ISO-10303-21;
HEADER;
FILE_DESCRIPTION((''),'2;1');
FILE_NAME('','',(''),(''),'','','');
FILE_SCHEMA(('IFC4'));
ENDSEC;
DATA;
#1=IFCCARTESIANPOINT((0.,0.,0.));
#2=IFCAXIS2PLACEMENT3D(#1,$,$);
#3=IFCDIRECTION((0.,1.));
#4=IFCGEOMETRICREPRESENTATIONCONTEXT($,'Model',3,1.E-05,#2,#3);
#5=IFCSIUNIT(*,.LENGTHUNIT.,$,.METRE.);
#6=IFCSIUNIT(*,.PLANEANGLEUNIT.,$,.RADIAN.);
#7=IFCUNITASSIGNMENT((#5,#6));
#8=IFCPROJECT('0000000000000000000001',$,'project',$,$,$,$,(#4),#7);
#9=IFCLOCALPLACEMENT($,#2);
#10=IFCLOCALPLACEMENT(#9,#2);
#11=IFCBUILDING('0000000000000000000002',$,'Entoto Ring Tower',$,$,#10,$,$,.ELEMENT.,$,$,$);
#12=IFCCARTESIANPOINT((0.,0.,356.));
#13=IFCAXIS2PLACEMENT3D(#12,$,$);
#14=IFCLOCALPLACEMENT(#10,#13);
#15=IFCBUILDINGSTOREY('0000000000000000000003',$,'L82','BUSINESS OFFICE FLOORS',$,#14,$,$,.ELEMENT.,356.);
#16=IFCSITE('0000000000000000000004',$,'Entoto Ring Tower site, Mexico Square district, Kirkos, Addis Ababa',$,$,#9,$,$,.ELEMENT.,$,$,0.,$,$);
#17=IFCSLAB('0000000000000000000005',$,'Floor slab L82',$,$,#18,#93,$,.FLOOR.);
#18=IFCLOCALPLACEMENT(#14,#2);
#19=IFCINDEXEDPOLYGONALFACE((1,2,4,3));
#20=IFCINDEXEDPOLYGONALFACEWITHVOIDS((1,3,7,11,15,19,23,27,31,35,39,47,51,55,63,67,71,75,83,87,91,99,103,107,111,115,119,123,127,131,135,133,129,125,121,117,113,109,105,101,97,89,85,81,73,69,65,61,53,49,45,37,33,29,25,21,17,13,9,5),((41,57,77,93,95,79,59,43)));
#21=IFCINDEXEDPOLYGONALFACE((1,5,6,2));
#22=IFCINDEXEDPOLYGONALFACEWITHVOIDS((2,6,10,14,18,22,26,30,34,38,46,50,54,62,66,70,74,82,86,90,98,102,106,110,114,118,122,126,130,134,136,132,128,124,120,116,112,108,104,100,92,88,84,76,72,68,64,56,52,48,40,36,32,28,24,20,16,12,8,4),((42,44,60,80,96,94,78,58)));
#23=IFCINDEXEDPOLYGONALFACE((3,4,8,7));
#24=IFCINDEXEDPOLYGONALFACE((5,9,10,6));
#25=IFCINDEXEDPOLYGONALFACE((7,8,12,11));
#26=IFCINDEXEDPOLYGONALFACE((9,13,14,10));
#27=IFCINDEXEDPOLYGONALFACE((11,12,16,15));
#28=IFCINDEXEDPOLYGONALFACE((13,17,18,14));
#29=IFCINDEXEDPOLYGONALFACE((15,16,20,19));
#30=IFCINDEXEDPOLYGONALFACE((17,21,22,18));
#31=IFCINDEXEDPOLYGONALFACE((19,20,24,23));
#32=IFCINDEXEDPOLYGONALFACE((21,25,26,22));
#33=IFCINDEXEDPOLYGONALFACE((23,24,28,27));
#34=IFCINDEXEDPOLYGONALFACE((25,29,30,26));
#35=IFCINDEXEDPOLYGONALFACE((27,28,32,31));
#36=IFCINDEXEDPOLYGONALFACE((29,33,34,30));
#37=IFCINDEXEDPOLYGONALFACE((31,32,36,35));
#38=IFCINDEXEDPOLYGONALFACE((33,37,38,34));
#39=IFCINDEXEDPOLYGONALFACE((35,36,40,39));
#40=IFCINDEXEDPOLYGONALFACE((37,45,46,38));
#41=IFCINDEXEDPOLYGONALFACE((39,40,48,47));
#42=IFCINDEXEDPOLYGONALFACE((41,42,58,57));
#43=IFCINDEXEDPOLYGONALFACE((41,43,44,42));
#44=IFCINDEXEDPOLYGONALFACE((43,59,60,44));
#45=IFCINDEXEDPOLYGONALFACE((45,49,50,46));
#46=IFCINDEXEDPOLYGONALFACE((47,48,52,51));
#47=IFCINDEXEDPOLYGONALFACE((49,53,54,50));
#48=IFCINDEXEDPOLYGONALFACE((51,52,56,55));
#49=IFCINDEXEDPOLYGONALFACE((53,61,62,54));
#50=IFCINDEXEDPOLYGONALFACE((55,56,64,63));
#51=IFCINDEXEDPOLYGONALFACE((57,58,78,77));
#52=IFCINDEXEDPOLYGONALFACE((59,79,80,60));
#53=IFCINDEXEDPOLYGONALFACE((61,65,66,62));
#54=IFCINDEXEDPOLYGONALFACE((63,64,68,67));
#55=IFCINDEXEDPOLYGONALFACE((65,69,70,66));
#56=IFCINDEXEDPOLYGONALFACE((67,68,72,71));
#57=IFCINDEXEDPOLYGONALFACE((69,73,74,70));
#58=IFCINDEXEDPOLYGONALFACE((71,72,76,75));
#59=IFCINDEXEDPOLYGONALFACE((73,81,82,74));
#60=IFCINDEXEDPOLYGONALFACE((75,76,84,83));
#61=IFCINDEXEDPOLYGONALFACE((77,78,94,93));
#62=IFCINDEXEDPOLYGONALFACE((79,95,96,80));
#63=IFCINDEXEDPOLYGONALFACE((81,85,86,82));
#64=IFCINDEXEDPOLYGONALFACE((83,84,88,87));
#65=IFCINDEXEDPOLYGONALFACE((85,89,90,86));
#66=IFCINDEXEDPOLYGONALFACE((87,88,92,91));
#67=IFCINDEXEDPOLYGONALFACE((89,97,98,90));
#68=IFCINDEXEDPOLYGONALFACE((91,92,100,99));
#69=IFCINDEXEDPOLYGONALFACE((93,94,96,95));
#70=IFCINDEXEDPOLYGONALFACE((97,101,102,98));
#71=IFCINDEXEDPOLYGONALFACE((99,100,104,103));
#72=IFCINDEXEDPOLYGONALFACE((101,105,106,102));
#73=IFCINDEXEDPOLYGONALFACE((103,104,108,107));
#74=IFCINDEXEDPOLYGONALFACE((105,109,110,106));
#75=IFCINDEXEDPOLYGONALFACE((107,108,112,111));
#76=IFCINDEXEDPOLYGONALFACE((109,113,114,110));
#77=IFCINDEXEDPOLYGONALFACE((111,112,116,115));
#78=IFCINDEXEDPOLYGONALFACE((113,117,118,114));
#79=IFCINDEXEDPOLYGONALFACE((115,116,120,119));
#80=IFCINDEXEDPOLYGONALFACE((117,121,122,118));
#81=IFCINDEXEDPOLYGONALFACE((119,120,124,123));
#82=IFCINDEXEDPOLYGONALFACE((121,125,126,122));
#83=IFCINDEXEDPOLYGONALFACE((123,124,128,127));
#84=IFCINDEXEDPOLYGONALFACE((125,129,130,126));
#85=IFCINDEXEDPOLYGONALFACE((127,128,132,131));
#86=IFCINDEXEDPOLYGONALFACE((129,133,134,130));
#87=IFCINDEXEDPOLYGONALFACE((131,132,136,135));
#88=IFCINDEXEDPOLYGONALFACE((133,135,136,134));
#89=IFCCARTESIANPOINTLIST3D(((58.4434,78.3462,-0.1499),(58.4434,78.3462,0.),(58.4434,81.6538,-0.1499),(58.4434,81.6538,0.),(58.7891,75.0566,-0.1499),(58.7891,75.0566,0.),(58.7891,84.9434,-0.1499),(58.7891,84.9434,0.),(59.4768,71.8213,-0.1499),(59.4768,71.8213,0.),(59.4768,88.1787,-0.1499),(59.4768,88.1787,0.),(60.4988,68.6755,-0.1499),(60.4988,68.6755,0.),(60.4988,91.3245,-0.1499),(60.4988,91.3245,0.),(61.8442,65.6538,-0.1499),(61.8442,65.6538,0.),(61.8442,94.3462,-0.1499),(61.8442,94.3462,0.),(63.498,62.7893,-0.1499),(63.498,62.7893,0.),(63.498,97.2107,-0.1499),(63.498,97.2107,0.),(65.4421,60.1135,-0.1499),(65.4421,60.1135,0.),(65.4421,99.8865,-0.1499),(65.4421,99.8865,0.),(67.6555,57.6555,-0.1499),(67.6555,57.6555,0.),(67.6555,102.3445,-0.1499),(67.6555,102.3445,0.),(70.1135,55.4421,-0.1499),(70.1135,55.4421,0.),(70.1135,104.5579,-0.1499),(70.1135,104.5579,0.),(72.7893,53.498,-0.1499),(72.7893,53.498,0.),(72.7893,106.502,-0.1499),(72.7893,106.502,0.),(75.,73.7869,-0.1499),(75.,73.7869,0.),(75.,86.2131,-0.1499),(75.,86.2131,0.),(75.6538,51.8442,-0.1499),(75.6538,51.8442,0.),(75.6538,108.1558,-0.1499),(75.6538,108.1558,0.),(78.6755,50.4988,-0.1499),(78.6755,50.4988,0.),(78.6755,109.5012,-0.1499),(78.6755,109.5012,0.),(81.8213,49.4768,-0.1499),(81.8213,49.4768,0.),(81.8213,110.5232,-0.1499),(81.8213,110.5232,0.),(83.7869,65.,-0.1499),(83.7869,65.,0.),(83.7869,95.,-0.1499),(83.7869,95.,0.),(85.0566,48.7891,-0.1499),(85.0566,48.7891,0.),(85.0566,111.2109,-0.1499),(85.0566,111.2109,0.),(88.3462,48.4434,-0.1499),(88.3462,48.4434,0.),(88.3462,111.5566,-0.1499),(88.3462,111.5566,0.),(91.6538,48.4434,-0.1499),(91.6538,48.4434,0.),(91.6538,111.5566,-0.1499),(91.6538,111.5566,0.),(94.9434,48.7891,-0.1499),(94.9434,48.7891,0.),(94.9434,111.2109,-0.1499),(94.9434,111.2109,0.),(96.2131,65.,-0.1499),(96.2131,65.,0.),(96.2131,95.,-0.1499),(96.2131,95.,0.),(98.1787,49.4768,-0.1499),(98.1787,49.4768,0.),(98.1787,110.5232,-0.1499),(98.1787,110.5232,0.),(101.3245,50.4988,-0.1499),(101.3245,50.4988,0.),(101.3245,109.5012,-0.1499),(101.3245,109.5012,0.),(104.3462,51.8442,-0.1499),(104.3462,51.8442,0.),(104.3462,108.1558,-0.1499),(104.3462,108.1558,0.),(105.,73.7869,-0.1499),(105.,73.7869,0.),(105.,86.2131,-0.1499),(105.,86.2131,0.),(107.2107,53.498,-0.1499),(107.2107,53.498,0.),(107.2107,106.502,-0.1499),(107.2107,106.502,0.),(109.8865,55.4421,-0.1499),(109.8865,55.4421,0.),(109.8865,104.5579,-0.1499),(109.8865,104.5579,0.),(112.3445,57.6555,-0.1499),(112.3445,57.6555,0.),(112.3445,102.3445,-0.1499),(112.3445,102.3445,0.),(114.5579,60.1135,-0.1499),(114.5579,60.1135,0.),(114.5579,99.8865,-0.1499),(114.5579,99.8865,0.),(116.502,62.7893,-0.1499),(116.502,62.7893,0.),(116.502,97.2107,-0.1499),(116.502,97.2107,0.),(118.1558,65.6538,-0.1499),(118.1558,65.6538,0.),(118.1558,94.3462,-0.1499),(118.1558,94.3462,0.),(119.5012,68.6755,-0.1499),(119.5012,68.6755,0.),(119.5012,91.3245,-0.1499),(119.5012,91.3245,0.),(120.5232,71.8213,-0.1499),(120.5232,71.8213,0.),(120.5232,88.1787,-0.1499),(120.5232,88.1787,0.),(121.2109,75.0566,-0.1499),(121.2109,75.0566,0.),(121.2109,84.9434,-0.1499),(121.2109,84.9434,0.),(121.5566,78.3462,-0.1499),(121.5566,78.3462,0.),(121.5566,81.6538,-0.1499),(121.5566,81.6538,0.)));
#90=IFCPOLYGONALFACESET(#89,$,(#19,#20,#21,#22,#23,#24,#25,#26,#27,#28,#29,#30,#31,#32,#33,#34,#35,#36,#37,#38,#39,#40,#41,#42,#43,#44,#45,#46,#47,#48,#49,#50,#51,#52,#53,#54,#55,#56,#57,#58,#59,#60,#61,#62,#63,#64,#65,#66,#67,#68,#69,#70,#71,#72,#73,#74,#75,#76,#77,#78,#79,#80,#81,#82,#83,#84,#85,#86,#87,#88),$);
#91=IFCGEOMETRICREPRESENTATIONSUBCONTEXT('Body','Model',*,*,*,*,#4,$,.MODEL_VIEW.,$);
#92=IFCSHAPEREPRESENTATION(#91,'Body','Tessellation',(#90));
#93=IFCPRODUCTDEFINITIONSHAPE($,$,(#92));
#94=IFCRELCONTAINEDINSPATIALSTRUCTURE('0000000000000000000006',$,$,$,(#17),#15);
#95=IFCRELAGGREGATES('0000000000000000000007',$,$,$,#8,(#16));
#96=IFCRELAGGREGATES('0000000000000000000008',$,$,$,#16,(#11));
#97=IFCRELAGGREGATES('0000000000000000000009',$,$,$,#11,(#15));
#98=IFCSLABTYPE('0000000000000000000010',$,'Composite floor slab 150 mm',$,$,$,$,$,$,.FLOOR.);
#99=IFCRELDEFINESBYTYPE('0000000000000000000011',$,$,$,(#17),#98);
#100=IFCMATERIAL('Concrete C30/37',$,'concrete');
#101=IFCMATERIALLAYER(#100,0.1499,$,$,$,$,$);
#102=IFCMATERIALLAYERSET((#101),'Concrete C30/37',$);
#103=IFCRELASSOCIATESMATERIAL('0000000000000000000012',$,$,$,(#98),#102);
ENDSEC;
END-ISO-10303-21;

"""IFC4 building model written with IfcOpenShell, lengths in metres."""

from ifc_helpers import new_model, si_unit, direction, frame, origin, place, context, subcontext, project, spatial, polyline, outline, extrude, material, layer, layer_set, type_object, element, save


model = new_model("IFC4")

# Units and contexts
model_context = context("Model", 3, precision=1e-05, world=origin(), true_north=direction((0.0, 1.0)))
body_context = subcontext(model_context, "Body", "Model", "MODEL_VIEW")
ifc_project = project(units=[si_unit("LENGTHUNIT", "METRE"), si_unit("PLANEANGLEUNIT", "RADIAN")], contexts=[model_context])

# Site, building, storey
site_placement = place(None, origin())
building_placement = place(site_placement, origin())
storey_placement = place(building_placement, frame((0.0, 0.0, 356.0)))
site = spatial("IfcSite", under=ifc_project, at=site_placement, Name="Entoto Ring Tower site, Mexico Square district, Kirkos, Addis Ababa", CompositionType="ELEMENT", RefElevation=0.0)
building = spatial("IfcBuilding", under=site, at=building_placement, Name="Entoto Ring Tower", CompositionType="ELEMENT")
storey = spatial("IfcBuildingStorey", under=building, at=storey_placement, Name="L82", Description="BUSINESS OFFICE FLOORS", CompositionType="ELEMENT", Elevation=356.0)

# Slab
ifc_material_1 = material(Name="Concrete C30/37", Category="concrete")
ifc_layer_1 = layer(ifc_material_1, 0.1499)
ifc_layer_set_1 = layer_set([ifc_layer_1], Name="Concrete C30/37")
slab_type = type_object("IfcSlabType", Name="Composite floor slab 150 mm", PredefinedType="FLOOR", material=ifc_layer_set_1)
slab_placement = place(storey_placement, frame((0.0, 0.0, -0.1499)))
element("IfcSlab", 1, at=slab_placement, inside=storey, type_object=slab_type, Name="Floor slab L82", PredefinedType="FLOOR", context=body_context, shape_type="SweptSolid", body=[
    extrude(outline(polyline([(121.2109, 84.9434), (120.5232, 88.1787), (119.5012, 91.3245), (118.1558, 94.3462), (116.502, 97.2107), (114.5579, 99.8865), (112.3445, 102.3445), (109.8865, 104.5579), (107.2107, 106.502), (104.3462, 108.1558), (101.3245, 109.5012), (98.1787, 110.5232), (94.9434, 111.2109), (91.6538, 111.5566), (88.3462, 111.5566), (85.0566, 111.2109), (81.8213, 110.5232), (78.6755, 109.5012), (75.6538, 108.1558), (72.7893, 106.502), (70.1135, 104.5579), (67.6555, 102.3445), (65.4421, 99.8865), (63.498, 97.2107), (61.8442, 94.3462), (60.4988, 91.3245), (59.4768, 88.1787), (58.7891, 84.9434), (58.4434, 81.6538), (58.4434, 78.3462), (58.7891, 75.0566), (59.4768, 71.8213), (60.4988, 68.6755), (61.8442, 65.6538), (63.498, 62.7893), (65.4421, 60.1135), (67.6555, 57.6555), (70.1135, 55.4421), (72.7893, 53.498), (75.6538, 51.8442), (78.6755, 50.4988), (81.8213, 49.4768), (85.0566, 48.7891), (88.3462, 48.4434), (91.6538, 48.4434), (94.9434, 48.7891), (98.1787, 49.4768), (101.3245, 50.4988), (104.3462, 51.8442), (107.2107, 53.498), (109.8865, 55.4421), (112.3445, 57.6555), (114.5579, 60.1135), (116.502, 62.7893), (118.1558, 65.6538), (119.5012, 68.6755), (120.5232, 71.8213), (121.2109, 75.0566), (121.5566, 78.3462), (121.5566, 81.6538), (121.2109, 84.9434)]), holes=[polyline([(105.0, 73.7869), (105.0, 86.2131), (96.2131, 95.0), (83.7869, 95.0), (75.0, 86.2131), (75.0, 73.7869), (83.7869, 65.0), (96.2131, 65.0), (105.0, 73.7869)])]), origin(), (0.0, 0.0, 1.0), 0.1499),
])

save(model, "model.ifc")
